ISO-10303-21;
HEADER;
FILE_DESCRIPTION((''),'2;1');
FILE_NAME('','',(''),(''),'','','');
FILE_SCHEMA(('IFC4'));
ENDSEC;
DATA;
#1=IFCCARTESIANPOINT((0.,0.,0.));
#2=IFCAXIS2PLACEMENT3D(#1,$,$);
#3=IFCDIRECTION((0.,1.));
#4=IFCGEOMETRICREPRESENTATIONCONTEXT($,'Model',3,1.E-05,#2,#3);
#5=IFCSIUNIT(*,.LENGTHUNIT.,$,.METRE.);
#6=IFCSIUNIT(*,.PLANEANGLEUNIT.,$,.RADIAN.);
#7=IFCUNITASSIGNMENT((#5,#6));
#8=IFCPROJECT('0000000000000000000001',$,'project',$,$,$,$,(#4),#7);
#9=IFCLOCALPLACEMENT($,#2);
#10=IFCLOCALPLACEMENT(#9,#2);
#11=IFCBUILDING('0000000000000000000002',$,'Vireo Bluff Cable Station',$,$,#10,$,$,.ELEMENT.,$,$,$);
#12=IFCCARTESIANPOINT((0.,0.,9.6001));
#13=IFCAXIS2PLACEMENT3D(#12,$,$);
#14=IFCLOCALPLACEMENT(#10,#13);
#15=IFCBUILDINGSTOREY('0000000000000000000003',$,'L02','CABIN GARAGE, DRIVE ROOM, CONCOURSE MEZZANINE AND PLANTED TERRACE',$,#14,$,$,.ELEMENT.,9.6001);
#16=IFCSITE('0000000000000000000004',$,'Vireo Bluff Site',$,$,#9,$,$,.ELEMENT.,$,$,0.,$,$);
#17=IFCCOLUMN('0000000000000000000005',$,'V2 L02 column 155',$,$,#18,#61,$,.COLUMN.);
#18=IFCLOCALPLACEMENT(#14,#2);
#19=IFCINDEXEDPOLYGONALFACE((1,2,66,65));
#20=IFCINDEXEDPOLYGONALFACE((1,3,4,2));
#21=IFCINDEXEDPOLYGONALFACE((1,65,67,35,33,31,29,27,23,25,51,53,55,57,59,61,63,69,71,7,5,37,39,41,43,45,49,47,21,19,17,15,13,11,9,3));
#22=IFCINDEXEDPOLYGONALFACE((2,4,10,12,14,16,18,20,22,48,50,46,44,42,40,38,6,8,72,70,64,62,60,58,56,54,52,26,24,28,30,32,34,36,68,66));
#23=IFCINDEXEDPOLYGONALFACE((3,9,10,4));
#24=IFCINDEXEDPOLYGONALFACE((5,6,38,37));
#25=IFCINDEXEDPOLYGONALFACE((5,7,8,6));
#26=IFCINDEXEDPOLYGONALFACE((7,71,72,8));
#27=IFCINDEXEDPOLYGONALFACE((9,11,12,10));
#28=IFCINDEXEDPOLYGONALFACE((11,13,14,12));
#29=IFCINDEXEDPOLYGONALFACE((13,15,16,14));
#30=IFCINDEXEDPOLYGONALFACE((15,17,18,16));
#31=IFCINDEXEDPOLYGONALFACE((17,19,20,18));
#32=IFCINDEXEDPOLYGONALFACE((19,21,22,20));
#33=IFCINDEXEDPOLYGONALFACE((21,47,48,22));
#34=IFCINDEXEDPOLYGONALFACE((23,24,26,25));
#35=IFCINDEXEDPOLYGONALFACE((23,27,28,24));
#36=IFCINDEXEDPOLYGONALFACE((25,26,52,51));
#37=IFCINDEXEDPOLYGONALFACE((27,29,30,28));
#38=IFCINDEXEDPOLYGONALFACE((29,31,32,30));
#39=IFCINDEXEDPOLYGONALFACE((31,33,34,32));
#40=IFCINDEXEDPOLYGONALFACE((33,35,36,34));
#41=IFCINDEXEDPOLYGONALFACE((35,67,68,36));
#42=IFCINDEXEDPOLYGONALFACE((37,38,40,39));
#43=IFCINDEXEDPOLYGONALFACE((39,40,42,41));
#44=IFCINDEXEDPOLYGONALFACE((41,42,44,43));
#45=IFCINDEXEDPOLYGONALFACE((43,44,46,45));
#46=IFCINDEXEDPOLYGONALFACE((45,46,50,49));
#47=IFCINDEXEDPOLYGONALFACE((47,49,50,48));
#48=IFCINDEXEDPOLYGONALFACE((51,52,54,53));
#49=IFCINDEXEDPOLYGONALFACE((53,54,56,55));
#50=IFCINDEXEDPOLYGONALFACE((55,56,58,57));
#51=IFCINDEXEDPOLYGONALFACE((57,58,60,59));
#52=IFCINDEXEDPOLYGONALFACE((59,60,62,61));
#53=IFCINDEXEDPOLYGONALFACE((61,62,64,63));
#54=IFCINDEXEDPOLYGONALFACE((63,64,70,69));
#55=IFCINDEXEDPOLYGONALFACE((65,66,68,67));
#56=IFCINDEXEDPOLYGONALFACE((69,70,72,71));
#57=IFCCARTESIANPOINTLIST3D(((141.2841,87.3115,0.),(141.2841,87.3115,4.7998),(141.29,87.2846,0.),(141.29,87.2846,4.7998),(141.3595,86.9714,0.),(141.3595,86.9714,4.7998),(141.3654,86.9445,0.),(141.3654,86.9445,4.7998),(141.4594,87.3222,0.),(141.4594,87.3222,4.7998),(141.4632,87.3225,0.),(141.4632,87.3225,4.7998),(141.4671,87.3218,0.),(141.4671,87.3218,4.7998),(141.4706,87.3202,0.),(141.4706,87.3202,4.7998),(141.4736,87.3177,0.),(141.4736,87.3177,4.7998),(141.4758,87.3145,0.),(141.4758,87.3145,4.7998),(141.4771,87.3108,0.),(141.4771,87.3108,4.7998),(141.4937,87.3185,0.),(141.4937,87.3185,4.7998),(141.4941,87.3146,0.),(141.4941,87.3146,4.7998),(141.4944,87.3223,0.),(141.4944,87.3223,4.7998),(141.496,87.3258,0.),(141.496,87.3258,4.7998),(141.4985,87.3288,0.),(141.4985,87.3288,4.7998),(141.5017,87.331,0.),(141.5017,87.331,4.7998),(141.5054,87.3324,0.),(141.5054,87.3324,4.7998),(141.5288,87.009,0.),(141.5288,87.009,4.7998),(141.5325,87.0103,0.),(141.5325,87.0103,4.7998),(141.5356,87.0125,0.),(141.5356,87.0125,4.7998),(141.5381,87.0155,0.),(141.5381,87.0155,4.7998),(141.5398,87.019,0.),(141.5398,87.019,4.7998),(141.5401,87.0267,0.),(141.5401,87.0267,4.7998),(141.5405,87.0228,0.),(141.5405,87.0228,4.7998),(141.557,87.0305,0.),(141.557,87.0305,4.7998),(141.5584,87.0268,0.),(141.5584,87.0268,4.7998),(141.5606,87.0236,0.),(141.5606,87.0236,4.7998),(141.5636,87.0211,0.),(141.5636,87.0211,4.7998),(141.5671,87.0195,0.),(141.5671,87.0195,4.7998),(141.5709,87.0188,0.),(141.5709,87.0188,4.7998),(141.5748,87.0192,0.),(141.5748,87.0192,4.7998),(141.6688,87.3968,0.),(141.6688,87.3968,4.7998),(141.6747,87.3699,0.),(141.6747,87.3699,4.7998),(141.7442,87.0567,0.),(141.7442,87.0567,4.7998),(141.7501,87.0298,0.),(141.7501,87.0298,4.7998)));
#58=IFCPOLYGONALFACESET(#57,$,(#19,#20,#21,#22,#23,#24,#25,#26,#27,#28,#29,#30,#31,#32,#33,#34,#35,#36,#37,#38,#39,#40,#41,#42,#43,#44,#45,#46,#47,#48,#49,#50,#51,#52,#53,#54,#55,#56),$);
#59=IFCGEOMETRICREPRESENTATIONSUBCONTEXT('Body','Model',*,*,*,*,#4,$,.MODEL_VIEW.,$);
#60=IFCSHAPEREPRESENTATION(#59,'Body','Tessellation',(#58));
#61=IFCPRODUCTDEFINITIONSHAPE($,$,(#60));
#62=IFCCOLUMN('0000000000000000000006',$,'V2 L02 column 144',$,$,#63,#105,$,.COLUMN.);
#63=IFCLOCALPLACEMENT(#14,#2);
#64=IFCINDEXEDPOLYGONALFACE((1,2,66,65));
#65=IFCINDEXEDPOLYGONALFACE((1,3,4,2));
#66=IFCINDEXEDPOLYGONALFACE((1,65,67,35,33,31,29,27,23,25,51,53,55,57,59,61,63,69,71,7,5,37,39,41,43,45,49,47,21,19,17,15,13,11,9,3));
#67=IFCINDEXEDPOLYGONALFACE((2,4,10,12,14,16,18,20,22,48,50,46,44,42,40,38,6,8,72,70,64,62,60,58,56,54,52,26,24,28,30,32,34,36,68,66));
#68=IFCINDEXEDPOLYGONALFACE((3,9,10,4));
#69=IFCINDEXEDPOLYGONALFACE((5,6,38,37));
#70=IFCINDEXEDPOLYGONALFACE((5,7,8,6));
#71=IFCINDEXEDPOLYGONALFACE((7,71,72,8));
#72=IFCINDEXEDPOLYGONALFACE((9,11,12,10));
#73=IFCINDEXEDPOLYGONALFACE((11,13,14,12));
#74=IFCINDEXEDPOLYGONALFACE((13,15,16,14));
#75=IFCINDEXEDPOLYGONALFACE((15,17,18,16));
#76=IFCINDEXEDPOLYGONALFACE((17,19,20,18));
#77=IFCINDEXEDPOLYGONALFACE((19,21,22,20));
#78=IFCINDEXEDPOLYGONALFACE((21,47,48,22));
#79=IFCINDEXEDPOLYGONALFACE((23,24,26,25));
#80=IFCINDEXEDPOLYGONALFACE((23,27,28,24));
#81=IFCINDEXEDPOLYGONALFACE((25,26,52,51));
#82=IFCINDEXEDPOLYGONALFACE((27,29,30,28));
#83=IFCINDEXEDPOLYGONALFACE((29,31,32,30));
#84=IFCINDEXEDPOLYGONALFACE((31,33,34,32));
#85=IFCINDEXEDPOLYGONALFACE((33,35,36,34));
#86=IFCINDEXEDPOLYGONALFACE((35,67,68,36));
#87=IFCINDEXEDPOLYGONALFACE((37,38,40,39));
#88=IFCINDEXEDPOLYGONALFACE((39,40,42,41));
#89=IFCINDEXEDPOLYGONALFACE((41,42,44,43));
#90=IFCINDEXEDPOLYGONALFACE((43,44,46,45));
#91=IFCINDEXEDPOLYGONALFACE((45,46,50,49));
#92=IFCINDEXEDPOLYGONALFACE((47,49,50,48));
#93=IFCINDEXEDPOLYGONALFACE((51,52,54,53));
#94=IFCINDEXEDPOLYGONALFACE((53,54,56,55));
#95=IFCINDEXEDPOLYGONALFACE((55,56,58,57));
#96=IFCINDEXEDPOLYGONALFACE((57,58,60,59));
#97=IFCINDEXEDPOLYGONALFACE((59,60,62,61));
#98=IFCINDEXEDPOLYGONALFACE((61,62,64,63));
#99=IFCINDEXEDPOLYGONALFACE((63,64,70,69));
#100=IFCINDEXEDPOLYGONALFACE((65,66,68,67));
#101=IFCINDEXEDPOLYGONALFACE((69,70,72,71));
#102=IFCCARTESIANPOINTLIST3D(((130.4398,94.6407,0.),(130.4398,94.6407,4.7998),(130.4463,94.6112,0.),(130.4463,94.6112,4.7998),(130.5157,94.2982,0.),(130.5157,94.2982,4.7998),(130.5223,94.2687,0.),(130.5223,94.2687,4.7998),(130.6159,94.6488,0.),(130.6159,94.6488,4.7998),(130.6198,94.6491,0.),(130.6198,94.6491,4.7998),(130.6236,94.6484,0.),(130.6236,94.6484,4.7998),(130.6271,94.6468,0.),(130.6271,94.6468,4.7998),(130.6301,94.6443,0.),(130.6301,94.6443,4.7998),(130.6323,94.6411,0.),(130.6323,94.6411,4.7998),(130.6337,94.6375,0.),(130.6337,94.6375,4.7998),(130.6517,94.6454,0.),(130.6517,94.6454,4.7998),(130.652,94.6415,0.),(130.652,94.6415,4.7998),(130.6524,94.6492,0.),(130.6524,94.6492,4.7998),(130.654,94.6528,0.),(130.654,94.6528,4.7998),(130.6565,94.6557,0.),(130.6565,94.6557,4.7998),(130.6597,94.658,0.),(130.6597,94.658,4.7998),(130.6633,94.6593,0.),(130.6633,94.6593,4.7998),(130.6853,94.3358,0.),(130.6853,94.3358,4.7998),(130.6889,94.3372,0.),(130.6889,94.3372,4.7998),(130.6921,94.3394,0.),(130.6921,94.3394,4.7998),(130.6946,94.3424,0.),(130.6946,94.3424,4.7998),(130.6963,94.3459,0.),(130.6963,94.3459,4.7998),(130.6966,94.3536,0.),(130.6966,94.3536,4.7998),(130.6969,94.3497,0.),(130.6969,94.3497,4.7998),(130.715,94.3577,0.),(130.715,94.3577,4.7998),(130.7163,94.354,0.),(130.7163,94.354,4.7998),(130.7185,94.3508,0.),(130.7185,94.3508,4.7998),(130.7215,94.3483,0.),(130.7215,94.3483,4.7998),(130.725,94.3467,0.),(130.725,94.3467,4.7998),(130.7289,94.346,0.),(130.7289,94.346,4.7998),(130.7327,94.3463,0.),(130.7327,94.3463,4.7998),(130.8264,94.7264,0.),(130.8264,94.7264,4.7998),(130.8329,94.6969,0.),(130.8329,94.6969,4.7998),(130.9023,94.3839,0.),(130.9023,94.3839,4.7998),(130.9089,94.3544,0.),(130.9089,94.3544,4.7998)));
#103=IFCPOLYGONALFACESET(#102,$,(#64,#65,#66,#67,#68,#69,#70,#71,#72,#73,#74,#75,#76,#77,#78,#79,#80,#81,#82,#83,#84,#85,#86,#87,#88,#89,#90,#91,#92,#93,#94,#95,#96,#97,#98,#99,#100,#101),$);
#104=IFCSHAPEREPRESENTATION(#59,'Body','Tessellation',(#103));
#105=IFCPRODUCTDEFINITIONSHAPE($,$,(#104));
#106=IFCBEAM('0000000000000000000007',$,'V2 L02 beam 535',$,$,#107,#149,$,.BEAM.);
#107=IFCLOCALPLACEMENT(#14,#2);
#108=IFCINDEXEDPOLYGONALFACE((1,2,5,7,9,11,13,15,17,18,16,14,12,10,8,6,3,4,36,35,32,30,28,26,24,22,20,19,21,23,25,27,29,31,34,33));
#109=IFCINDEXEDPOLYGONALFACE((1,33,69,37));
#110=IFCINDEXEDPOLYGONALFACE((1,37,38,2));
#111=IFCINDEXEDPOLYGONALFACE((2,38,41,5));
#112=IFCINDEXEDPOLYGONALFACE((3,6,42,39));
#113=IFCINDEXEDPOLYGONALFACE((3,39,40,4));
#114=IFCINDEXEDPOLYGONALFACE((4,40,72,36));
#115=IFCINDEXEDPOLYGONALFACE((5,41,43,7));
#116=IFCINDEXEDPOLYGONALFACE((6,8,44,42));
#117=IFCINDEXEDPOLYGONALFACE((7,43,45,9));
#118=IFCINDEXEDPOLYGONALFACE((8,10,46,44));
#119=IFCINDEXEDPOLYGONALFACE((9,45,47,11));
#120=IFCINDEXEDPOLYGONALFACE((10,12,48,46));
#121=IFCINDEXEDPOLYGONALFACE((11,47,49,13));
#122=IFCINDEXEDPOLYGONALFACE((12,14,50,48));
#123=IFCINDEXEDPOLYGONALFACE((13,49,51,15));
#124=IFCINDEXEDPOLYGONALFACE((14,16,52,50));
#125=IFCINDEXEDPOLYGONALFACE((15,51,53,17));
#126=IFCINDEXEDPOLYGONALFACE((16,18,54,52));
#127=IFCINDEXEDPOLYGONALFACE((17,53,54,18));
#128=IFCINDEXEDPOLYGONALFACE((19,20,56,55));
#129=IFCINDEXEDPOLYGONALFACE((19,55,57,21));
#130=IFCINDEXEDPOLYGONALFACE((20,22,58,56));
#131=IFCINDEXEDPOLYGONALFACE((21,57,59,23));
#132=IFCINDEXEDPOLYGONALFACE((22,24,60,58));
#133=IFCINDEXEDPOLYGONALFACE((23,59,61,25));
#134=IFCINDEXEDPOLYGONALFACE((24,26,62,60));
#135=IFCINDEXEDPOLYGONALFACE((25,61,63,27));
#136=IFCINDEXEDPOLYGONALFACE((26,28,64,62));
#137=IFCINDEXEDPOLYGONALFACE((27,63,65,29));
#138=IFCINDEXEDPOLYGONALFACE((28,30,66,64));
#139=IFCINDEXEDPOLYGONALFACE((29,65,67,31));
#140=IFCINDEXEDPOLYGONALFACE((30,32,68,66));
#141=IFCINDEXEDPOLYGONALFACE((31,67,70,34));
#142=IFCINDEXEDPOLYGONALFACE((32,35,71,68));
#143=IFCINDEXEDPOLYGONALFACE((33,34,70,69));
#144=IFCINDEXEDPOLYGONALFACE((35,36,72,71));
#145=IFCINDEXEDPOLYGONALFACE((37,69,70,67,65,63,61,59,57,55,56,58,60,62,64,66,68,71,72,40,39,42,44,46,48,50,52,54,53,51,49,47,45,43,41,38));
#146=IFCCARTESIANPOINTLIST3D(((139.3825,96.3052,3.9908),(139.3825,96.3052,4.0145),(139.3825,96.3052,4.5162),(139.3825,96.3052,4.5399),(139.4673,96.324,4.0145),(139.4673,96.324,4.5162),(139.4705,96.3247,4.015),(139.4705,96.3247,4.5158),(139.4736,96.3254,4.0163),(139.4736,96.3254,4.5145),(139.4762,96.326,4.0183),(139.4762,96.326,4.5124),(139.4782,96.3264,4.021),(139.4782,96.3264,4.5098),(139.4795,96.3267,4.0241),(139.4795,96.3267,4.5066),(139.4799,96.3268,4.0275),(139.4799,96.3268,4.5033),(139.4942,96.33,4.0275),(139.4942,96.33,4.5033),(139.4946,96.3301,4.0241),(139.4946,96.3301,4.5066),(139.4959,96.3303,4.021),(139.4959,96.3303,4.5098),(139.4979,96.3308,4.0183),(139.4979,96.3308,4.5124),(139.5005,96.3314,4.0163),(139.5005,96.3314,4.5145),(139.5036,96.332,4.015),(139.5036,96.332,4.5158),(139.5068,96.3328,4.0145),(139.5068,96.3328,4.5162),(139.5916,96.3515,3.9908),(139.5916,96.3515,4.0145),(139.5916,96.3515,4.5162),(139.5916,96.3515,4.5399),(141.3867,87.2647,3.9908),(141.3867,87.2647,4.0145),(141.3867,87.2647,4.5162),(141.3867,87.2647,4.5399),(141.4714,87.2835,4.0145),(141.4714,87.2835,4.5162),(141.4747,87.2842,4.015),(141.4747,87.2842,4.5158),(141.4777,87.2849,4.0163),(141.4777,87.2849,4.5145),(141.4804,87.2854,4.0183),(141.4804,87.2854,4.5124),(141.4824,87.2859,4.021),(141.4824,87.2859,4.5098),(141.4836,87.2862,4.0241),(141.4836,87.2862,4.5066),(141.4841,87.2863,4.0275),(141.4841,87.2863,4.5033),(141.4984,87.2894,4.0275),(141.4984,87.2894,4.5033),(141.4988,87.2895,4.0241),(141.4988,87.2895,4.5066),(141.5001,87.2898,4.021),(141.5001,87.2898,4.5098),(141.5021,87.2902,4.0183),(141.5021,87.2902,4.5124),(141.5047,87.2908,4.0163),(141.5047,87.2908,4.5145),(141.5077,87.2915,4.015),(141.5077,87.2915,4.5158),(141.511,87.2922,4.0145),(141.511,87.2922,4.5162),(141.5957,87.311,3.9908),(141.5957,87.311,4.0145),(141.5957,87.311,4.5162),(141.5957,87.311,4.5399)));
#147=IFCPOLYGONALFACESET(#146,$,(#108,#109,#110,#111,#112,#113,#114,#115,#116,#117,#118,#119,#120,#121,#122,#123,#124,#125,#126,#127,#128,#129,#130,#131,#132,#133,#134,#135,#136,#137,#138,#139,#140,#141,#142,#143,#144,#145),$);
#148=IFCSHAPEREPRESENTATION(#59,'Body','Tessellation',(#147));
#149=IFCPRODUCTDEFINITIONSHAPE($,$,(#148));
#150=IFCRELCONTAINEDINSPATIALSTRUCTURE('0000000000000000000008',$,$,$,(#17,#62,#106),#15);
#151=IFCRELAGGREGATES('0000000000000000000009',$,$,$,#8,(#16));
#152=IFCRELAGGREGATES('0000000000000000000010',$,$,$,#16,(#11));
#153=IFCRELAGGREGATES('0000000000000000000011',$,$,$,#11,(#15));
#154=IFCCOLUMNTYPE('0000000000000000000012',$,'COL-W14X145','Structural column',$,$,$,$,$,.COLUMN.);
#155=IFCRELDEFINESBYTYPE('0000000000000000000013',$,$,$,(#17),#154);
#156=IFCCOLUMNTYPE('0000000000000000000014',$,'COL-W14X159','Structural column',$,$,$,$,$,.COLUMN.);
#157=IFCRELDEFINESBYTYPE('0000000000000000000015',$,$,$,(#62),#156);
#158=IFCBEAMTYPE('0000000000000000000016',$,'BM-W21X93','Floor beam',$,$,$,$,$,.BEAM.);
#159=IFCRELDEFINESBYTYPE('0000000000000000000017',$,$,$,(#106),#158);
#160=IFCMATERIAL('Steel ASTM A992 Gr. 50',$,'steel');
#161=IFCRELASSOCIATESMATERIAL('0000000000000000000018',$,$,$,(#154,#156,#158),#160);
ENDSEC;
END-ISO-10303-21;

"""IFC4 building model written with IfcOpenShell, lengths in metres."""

from ifc_helpers import new_model, si_unit, direction, frame, origin, origin_2d, place, context, subcontext, project, spatial, i_section, extrude, material, material_profile, profile_set, type_object, element, save


model = new_model("IFC4")

# Units and contexts
model_context = context("Model", 3, precision=1e-05, world=origin(), true_north=direction((0.0, 1.0)))
body_context = subcontext(model_context, "Body", "Model", "MODEL_VIEW")
ifc_project = project(units=[si_unit("LENGTHUNIT", "METRE"), si_unit("PLANEANGLEUNIT", "RADIAN")], contexts=[model_context])

# Site, building, storey
site_placement = place(None, origin())
site = spatial("IfcSite", under=ifc_project, at=site_placement, Name="Vireo Bluff Site", CompositionType="ELEMENT", RefElevation=0.0)
building_placement = place(site_placement, origin())
building = spatial("IfcBuilding", under=site, at=building_placement, Name="Vireo Bluff Cable Station", CompositionType="ELEMENT")
storey_placement = place(building_placement, frame((0.0, 0.0, 9.6001)))
storey = spatial("IfcBuildingStorey", under=building, at=storey_placement, Name="L02", Description="CABIN GARAGE, DRIVE ROOM, CONCOURSE MEZZANINE AND PLANTED TERRACE", CompositionType="ELEMENT", Elevation=9.6001)

# Columns
ifc_material_1 = material(Name="Steel ASTM A992 Gr. 50", Category="steel")
ifc_material_profile_1 = material_profile(ifc_material_1, i_section(OverallWidth=0.394, OverallDepth=0.376, WebThickness=0.0173, FlangeThickness=0.0276, FilletRadius=0.0149, at=origin_2d()), Name="W14X145")
ifc_profile_set_1 = profile_set([ifc_material_profile_1], Name="Steel ASTM A992 Gr. 50")
column_type_1 = type_object("IfcColumnType", Name="COL-W14X145", Description="Structural column", PredefinedType="COLUMN", material=ifc_profile_set_1)
column_1_placement = place(storey_placement, frame((141.5171, 87.1707, 0.0), z_axis=(0.0, 0.0, 1.0), x_axis=(0.976296, 0.21644, 0.0)))
element("IfcColumn", 1, at=column_1_placement, inside=storey, type_object=column_type_1, Name="V2 L02 column 155", PredefinedType="COLUMN", context=body_context, shape_type="SweptSolid", body=[
    extrude(i_section(OverallWidth=0.394, OverallDepth=0.376, WebThickness=0.0173, FlangeThickness=0.0276, FilletRadius=0.0149, at=origin_2d()), origin(), (0.0, 0.0, 1.0), 4.7998),
])
ifc_material_profile_2 = material_profile(ifc_material_1, i_section(OverallWidth=0.396, OverallDepth=0.3811, WebThickness=0.0188, FlangeThickness=0.0303, FilletRadius=0.0149, at=origin_2d()), Name="W14X159")
ifc_profile_set_2 = profile_set([ifc_material_profile_2], Name="Steel ASTM A992 Gr. 50")
column_type_2 = type_object("IfcColumnType", Name="COL-W14X159", Description="Structural column", PredefinedType="COLUMN", material=ifc_profile_set_2)
column_2_placement = place(storey_placement, frame((130.6743, 94.4976, 0.0), z_axis=(0.0, 0.0, 1.0), x_axis=(0.976296, 0.21644, 0.0)))
element("IfcColumn", 2, at=column_2_placement, inside=storey, type_object=column_type_2, Name="V2 L02 column 144", PredefinedType="COLUMN", context=body_context, shape_type="SweptSolid", body=[
    extrude(i_section(OverallWidth=0.396, OverallDepth=0.3811, WebThickness=0.0188, FlangeThickness=0.0303, FilletRadius=0.0149, at=origin_2d()), origin(), (0.0, 0.0, 1.0), 4.7998),
])

# Beam
ifc_material_profile_3 = material_profile(ifc_material_1, i_section(OverallWidth=0.2141, OverallDepth=0.5491, WebThickness=0.0146, FlangeThickness=0.0237, FilletRadius=0.0129, at=origin_2d()), Name="W21X93")
ifc_profile_set_3 = profile_set([ifc_material_profile_3], Name="Steel ASTM A992 Gr. 50")
beam_type_1 = type_object("IfcBeamType", Name="BM-W21X93", Description="Floor beam", PredefinedType="BEAM", material=ifc_profile_set_3)
beam_1_placement = place(storey_placement, frame((141.4912, 87.2878, 4.2654), z_axis=(-0.216431, 0.976298, 0.0), x_axis=(-0.976298, -0.216431, 0.0)))
element("IfcBeam", 3, at=beam_1_placement, inside=storey, type_object=beam_type_1, Name="V2 L02 beam 535", PredefinedType="BEAM", context=body_context, shape_type="SweptSolid", body=[
    extrude(i_section(OverallWidth=0.2141, OverallDepth=0.5491, WebThickness=0.0146, FlangeThickness=0.0237, FilletRadius=0.0129, at=origin_2d()), origin(), (0.0, 0.0, 1.0), 9.26),
])

save(model, "model.ifc")
